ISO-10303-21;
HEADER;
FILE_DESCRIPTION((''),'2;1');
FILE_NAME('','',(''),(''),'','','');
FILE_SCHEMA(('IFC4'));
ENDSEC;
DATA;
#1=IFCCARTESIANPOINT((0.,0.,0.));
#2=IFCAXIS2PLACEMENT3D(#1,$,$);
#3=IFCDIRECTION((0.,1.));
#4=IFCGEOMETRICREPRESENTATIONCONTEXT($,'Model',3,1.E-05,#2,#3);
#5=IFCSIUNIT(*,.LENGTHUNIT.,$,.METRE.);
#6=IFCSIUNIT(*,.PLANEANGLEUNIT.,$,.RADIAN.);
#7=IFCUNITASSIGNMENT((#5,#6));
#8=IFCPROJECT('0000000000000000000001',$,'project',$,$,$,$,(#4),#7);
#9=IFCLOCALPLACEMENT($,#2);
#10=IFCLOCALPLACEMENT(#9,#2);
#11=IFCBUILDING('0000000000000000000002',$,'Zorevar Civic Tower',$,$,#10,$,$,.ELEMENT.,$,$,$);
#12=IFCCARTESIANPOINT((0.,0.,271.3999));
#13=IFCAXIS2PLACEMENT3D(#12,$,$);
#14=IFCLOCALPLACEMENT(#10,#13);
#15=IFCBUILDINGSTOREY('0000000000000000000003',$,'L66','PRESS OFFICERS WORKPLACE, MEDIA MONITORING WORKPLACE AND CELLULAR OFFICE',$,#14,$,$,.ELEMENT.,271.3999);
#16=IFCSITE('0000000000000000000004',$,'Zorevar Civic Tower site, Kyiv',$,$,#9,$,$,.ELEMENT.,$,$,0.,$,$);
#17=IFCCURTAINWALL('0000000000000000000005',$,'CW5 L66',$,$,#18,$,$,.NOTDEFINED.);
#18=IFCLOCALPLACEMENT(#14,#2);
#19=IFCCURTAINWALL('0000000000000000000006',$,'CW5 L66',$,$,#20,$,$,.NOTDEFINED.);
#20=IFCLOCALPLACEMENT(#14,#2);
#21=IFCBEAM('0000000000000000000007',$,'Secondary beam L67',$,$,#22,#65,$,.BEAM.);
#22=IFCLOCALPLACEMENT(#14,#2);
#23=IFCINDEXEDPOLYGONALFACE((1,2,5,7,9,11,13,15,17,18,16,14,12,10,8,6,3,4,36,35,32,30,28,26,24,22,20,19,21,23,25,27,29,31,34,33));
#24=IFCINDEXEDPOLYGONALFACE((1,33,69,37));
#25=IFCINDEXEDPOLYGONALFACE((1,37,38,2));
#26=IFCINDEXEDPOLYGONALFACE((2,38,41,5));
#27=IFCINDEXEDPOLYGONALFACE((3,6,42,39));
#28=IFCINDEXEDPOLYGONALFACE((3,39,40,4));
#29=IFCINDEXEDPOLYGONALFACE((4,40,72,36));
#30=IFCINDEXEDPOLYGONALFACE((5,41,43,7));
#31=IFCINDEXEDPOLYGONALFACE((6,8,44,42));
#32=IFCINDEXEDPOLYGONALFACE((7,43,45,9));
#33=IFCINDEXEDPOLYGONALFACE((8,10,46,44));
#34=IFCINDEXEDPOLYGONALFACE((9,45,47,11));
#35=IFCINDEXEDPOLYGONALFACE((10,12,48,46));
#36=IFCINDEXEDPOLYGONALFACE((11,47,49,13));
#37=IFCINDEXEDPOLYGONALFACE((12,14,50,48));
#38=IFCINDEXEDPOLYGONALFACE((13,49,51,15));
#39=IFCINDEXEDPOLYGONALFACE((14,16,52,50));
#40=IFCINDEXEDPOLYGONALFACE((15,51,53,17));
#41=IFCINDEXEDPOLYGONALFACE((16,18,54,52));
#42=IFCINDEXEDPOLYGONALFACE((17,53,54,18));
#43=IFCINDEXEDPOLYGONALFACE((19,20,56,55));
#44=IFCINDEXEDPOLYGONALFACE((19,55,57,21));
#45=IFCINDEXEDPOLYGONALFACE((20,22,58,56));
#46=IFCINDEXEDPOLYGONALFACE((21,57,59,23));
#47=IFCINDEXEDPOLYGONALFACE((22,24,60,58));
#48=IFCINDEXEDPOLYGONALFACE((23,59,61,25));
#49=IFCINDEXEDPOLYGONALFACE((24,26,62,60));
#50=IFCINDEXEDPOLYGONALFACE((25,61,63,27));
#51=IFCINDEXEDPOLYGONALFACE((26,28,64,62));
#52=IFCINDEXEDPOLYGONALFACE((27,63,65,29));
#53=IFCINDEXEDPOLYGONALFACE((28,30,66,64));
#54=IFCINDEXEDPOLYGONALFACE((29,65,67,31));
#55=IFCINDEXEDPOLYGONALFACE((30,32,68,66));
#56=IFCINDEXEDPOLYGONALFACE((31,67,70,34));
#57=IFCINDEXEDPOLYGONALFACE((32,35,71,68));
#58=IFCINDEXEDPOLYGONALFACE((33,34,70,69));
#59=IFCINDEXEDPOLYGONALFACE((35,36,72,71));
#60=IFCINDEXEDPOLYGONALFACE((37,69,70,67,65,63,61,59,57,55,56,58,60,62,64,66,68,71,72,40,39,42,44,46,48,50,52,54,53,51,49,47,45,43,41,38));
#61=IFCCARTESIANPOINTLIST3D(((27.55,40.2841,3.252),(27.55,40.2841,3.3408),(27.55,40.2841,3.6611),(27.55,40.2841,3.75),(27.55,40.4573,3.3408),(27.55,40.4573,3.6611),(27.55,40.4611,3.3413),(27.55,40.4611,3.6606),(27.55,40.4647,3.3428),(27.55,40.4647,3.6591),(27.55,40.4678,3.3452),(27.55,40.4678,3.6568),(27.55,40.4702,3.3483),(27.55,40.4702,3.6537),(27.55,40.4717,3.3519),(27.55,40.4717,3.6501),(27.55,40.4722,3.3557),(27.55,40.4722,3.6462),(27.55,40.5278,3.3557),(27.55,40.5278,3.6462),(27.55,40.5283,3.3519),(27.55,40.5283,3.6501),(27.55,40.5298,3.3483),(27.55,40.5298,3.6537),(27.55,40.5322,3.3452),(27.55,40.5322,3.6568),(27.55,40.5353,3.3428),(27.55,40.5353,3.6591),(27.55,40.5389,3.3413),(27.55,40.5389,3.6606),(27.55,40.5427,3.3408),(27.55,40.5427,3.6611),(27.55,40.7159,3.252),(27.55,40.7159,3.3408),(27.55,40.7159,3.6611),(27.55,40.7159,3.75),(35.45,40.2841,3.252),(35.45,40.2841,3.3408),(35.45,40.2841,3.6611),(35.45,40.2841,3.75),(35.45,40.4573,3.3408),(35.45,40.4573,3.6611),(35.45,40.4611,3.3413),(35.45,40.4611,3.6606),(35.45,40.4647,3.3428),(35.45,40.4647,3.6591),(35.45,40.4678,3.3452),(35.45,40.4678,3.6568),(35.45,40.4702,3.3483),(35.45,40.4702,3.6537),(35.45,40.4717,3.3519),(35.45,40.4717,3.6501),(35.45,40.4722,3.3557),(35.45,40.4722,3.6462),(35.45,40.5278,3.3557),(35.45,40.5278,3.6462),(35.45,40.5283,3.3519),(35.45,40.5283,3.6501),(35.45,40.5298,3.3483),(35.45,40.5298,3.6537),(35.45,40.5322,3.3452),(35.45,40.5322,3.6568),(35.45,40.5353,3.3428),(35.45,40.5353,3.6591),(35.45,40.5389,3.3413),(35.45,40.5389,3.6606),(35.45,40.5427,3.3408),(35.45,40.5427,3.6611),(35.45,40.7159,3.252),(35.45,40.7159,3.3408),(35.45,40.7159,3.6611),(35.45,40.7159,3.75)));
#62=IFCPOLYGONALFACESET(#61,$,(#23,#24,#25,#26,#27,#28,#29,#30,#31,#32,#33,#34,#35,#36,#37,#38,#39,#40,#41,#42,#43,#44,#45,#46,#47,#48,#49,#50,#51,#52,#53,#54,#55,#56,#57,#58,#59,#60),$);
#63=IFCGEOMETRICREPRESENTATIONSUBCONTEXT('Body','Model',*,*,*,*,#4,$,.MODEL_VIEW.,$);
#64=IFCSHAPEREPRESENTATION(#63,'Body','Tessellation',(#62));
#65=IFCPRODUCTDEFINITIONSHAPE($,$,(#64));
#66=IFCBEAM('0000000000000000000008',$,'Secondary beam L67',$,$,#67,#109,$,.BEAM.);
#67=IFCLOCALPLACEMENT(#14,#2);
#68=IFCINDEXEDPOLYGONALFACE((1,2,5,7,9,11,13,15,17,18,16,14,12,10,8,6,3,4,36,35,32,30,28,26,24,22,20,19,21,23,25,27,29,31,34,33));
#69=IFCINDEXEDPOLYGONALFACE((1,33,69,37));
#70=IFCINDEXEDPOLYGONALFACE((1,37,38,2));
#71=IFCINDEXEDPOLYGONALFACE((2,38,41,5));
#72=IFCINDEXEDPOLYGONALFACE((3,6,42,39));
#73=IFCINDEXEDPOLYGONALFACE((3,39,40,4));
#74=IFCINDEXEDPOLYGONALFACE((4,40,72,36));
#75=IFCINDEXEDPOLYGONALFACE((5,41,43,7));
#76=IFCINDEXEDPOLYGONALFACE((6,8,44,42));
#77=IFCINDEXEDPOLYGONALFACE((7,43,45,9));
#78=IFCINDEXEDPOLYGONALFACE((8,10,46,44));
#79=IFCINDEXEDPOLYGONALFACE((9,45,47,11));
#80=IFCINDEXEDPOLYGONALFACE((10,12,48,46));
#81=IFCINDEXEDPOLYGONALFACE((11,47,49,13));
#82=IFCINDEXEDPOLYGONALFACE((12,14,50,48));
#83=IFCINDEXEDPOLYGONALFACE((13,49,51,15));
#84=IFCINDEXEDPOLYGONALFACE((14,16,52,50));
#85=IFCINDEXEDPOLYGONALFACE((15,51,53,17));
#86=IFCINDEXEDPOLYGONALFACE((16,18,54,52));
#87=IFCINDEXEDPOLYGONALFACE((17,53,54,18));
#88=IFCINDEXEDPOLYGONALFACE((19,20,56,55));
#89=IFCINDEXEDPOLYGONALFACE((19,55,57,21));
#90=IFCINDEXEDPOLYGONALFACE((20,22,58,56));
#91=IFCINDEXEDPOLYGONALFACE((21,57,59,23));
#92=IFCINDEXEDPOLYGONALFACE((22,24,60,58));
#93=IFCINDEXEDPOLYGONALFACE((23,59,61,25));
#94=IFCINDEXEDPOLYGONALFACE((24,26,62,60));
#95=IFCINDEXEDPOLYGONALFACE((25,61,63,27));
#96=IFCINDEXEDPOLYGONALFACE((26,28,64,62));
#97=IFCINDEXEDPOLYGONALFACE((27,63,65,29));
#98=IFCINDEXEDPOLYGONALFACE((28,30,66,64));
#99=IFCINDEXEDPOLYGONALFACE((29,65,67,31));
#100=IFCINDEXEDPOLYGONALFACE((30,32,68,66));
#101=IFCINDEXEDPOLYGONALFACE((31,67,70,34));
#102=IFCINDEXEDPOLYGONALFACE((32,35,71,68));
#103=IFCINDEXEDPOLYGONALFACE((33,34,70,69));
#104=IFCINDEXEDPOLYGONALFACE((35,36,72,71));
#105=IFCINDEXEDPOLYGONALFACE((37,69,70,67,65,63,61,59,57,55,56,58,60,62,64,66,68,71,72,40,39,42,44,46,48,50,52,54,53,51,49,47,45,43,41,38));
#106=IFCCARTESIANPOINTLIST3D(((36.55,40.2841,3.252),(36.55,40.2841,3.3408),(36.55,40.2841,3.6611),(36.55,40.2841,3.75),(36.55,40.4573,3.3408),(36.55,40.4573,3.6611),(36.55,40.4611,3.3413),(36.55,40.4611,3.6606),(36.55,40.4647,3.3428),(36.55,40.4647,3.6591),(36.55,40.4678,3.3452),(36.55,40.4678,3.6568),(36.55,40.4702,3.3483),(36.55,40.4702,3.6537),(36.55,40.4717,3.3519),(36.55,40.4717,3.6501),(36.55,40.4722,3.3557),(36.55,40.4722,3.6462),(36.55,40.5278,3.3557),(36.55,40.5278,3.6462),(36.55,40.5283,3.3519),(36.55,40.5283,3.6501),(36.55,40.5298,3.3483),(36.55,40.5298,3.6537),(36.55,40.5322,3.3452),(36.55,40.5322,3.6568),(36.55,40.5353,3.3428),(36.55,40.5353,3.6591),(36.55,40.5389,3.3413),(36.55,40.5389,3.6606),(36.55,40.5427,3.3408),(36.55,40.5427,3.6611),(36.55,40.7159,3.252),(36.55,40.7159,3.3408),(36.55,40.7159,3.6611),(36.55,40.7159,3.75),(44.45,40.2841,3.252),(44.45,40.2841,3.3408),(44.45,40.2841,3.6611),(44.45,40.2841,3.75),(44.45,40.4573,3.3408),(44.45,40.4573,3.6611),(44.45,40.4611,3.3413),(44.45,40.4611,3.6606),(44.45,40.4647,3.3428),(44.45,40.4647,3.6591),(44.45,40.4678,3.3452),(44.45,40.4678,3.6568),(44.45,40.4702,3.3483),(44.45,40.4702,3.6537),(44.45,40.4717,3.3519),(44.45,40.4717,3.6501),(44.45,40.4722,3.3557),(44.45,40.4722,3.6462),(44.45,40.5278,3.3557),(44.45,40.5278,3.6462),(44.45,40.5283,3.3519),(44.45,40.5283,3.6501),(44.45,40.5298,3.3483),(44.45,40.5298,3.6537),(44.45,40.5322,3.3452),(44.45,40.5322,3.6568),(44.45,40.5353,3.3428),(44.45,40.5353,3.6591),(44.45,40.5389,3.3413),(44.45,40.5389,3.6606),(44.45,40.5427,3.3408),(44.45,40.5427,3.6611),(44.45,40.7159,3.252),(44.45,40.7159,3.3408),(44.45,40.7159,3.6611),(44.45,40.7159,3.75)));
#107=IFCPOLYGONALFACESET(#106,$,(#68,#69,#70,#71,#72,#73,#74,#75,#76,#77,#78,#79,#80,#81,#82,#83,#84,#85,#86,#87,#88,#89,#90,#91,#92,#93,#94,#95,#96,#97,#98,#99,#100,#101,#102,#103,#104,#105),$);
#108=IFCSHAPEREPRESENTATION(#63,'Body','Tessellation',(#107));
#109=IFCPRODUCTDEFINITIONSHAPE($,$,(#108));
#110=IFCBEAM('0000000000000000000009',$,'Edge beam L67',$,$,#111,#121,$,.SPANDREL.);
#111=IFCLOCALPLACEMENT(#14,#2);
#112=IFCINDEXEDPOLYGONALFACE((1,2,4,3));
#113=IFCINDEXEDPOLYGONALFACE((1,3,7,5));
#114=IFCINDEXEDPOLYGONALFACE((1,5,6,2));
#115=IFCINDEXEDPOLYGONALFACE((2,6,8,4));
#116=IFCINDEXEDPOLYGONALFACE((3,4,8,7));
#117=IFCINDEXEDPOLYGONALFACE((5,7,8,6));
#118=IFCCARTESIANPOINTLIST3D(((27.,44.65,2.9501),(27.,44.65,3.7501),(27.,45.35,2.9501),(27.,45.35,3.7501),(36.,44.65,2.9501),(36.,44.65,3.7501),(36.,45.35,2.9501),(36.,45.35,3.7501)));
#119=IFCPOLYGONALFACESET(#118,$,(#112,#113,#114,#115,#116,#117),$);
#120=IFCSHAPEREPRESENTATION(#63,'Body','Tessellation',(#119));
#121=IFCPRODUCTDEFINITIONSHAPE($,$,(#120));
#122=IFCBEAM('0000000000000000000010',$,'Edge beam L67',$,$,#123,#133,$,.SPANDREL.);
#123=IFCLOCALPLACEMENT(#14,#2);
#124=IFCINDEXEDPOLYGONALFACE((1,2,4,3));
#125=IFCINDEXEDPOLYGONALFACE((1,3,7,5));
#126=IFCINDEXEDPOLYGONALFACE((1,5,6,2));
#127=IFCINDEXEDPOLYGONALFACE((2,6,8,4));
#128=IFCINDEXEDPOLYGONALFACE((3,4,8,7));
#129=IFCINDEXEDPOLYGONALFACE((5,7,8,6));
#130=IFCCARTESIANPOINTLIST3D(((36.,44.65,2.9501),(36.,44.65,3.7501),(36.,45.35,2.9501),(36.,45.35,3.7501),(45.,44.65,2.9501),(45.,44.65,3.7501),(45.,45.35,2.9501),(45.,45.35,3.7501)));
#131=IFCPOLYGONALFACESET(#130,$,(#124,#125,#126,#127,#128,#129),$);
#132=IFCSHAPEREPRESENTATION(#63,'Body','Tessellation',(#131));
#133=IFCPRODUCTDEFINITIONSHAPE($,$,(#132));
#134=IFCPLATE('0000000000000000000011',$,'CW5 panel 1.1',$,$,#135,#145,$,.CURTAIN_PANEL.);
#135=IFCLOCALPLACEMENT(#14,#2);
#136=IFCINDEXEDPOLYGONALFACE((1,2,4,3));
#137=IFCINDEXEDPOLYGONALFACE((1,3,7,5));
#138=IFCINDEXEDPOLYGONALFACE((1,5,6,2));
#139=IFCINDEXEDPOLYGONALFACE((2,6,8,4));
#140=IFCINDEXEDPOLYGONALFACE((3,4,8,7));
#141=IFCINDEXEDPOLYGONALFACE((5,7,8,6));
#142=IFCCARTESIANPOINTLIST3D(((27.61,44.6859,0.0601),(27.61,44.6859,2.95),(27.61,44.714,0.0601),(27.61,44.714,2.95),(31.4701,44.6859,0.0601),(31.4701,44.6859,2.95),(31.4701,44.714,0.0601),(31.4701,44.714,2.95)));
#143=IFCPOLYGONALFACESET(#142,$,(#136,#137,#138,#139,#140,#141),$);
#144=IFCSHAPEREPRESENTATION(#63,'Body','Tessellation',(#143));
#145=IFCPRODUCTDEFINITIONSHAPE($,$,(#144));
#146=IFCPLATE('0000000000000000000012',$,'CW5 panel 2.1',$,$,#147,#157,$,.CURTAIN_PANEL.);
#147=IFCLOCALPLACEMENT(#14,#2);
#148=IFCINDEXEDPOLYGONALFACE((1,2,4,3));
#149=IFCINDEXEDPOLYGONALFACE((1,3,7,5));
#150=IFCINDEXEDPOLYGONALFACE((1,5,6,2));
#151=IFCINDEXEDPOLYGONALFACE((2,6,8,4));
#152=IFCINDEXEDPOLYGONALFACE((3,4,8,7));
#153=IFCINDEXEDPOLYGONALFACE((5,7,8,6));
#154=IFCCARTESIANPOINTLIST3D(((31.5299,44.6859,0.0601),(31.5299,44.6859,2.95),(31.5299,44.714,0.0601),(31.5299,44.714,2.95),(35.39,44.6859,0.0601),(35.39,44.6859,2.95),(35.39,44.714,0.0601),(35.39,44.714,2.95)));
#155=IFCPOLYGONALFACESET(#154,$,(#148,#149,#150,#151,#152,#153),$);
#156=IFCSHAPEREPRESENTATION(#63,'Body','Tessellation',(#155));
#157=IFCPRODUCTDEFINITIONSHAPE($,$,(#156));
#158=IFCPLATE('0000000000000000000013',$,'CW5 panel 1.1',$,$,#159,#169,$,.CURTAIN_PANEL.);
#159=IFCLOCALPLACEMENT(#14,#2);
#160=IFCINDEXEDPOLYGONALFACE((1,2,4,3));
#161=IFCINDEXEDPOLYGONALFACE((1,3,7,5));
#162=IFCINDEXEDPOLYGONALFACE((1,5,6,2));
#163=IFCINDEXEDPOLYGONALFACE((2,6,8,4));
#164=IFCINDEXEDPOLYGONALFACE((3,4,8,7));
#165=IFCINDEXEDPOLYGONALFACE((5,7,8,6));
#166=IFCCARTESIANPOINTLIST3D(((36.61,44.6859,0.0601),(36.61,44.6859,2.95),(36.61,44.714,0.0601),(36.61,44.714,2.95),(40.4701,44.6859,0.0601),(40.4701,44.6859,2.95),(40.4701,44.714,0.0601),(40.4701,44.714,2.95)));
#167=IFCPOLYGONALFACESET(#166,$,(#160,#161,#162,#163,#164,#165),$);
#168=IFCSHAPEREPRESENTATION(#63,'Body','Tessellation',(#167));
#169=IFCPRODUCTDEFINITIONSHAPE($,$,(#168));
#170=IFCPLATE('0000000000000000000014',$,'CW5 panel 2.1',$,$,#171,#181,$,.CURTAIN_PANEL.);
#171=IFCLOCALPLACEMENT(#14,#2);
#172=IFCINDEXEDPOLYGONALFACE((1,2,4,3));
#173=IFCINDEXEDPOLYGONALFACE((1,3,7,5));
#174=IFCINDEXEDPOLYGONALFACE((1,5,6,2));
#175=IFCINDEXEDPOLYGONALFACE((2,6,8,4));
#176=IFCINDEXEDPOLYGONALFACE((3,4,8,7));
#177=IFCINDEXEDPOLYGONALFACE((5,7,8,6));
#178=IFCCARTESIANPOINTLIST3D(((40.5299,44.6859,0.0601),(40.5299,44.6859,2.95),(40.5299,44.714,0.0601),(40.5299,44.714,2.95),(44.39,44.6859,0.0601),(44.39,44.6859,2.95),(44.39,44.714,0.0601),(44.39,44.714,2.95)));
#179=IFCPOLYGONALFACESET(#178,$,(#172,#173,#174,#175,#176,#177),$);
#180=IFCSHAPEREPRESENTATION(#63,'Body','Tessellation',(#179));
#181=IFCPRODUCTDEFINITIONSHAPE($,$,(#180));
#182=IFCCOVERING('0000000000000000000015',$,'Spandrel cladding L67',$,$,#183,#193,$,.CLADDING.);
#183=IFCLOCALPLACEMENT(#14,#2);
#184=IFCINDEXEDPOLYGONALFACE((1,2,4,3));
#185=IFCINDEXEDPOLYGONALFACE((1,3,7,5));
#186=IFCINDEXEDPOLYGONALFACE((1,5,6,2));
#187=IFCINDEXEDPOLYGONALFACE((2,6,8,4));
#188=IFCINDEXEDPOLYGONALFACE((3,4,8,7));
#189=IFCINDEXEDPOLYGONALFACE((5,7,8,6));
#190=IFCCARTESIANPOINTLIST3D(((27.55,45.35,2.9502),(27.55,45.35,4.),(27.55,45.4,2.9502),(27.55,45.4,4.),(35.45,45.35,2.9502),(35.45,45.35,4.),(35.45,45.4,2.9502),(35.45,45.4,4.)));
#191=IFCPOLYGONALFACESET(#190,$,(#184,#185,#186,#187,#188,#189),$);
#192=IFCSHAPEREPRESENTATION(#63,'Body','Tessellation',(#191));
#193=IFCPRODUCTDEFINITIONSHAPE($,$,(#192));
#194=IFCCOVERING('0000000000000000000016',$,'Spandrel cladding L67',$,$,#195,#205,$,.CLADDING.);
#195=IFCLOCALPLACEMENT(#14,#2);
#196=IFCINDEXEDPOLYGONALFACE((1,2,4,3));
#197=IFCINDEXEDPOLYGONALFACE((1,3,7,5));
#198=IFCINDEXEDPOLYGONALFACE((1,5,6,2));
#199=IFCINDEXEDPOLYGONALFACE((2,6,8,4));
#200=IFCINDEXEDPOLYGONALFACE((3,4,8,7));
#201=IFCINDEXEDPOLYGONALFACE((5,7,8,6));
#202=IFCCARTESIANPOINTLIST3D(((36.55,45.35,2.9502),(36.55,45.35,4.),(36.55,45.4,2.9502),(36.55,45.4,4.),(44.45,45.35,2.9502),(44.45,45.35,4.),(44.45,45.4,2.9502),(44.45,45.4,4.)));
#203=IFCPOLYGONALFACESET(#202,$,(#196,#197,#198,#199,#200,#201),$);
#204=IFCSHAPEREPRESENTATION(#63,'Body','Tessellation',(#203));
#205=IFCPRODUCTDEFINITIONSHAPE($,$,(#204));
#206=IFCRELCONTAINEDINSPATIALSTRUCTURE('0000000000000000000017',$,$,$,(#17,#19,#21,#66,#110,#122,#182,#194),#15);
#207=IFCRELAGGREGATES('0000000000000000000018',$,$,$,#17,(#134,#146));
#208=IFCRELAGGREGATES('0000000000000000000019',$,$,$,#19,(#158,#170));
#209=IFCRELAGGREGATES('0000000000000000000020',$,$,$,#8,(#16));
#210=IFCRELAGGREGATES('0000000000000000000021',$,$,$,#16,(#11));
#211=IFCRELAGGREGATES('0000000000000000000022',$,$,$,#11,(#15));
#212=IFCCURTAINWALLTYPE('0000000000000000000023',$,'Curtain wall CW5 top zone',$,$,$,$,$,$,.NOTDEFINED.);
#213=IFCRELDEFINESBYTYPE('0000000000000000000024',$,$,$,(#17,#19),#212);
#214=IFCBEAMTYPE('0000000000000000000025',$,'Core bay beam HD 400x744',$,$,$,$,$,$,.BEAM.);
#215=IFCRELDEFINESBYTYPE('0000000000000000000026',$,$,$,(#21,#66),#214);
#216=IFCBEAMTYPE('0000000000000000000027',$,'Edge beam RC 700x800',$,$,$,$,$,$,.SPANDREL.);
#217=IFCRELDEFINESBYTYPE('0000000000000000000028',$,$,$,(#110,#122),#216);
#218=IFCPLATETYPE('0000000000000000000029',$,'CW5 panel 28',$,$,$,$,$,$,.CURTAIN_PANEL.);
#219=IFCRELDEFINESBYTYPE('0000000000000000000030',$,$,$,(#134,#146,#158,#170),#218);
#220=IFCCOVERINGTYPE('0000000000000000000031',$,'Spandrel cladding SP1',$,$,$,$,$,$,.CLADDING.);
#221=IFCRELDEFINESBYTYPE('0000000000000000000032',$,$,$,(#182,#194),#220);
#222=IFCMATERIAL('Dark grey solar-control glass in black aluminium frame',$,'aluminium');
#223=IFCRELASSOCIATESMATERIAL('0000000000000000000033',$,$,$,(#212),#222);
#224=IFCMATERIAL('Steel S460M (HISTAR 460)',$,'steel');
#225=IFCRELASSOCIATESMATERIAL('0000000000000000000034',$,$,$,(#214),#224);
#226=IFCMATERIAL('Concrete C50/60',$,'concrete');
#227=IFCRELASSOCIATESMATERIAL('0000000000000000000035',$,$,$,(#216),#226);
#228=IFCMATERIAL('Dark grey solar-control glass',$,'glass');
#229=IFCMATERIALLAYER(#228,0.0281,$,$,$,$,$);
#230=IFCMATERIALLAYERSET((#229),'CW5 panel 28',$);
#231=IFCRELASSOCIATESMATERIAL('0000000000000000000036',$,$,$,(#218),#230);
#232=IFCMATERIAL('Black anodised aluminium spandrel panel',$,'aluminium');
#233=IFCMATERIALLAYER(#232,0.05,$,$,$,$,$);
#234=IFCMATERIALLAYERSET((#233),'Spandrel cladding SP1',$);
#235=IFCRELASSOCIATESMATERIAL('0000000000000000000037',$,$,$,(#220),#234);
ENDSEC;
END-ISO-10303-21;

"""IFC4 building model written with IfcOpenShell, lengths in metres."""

from ifc_helpers import new_model, si_unit, direction, frame, frame_2d, origin, origin_2d, place, context, subcontext, project, spatial, rectangle, i_section, extrude, material, layer, layer_set, material_profile, profile_set, type_object, element, aggregate, save


model = new_model("IFC4")

# Units and contexts
model_context = context("Model", 3, precision=1e-05, world=origin(), true_north=direction((0.0, 1.0)))
body_context = subcontext(model_context, "Body", "Model", "MODEL_VIEW")
ifc_project = project(units=[si_unit("LENGTHUNIT", "METRE"), si_unit("PLANEANGLEUNIT", "RADIAN")], contexts=[model_context])

# Site, building, storey
site_placement = place(None, origin())
site = spatial("IfcSite", under=ifc_project, at=site_placement, Name="Zorevar Civic Tower site, Kyiv", CompositionType="ELEMENT", RefElevation=0.0)
building_placement = place(site_placement, origin())
building = spatial("IfcBuilding", under=site, at=building_placement, Name="Zorevar Civic Tower", CompositionType="ELEMENT")
storey_placement = place(building_placement, frame((0.0, 0.0, 271.3999)))
storey = spatial("IfcBuildingStorey", under=building, at=storey_placement, Name="L66", Description="PRESS OFFICERS WORKPLACE, MEDIA MONITORING WORKPLACE AND CELLULAR OFFICE", CompositionType="ELEMENT", Elevation=271.3999)

# Curtain walls
ifc_material_1 = material(Name="Dark grey solar-control glass in black aluminium frame", Category="aluminium")
curtain_wall_type = type_object("IfcCurtainWallType", Name="Curtain wall CW5 top zone", PredefinedType="NOTDEFINED", material=ifc_material_1)
curtain_wall_1_placement = place(storey_placement, origin())
curtain_wall_1 = element("IfcCurtainWall", 1, at=curtain_wall_1_placement, inside=storey, type_object=curtain_wall_type, Name="CW5 L66", PredefinedType="NOTDEFINED")
curtain_wall_2_placement = place(storey_placement, origin())
curtain_wall_2 = element("IfcCurtainWall", 2, at=curtain_wall_2_placement, inside=storey, type_object=curtain_wall_type, Name="CW5 L66", PredefinedType="NOTDEFINED")

# Beams
ifc_material_2 = material(Name="Steel S460M (HISTAR 460)", Category="steel")
ifc_material_profile_1 = material_profile(ifc_material_2, i_section(OverallWidth=0.4319, OverallDepth=0.498, WebThickness=0.0557, FlangeThickness=0.0889, FilletRadius=0.0149, at=origin_2d()), Name="HD 400x744")
ifc_profile_set_1 = profile_set([ifc_material_profile_1], Name="Steel S460M (HISTAR 460)")
beam_type_1 = type_object("IfcBeamType", Name="Core bay beam HD 400x744", PredefinedType="BEAM", material=ifc_profile_set_1)
for number, where, z_axis, x_axis, name in (
    (3, (27.55, 40.5, 3.501), (1.0, 0.0, 0.0), (0.0, 1.0, 0.0), "Secondary beam L67"),
    (4, (36.55, 40.5, 3.501), (1.0, 0.0, 0.0), (0.0, 1.0, 0.0), "Secondary beam L67"),
):
    element("IfcBeam", number, at=place(storey_placement, frame(where, z_axis=z_axis, x_axis=x_axis)), inside=storey, type_object=beam_type_1, Name=name, PredefinedType="BEAM", context=body_context, shape_type="SweptSolid", body=[
        extrude(i_section(OverallWidth=0.4319, OverallDepth=0.498, WebThickness=0.0557, FlangeThickness=0.0889, FilletRadius=0.0149, at=origin_2d()), origin(), (0.0, 0.0, 1.0), 7.8999),
    ])
ifc_material_3 = material(Name="Concrete C50/60", Category="concrete")
ifc_material_profile_2 = material_profile(ifc_material_3, rectangle(XDim=0.7, YDim=0.8, at=origin_2d()), Name="RC 700x800")
ifc_profile_set_2 = profile_set([ifc_material_profile_2], Name="Concrete C50/60")
beam_type_2 = type_object("IfcBeamType", Name="Edge beam RC 700x800", PredefinedType="SPANDREL", material=ifc_profile_set_2)
for number, where, z_axis, x_axis, name in (
    (5, (27.0, 45.0, 3.3501), (1.0, 0.0, 0.0), (0.0, 1.0, 0.0), "Edge beam L67"),
    (6, (36.0, 45.0, 3.3501), (1.0, 0.0, 0.0), (0.0, 1.0, 0.0), "Edge beam L67"),
):
    element("IfcBeam", number, at=place(storey_placement, frame(where, z_axis=z_axis, x_axis=x_axis)), inside=storey, type_object=beam_type_2, Name=name, PredefinedType="SPANDREL", context=body_context, shape_type="SweptSolid", body=[
        extrude(rectangle(XDim=0.7, YDim=0.8, at=origin_2d()), origin(), (0.0, 0.0, 1.0), 9.0),
    ])

# Plates
ifc_material_4 = material(Name="Dark grey solar-control glass", Category="glass")
ifc_layer_1 = layer(ifc_material_4, 0.0281)
ifc_layer_set_1 = layer_set([ifc_layer_1], Name="CW5 panel 28")
plate_type = type_object("IfcPlateType", Name="CW5 panel 28", PredefinedType="CURTAIN_PANEL", material=ifc_layer_set_1)
plate_1_placement = place(storey_placement, frame((29.54, 44.7, 0.0601), z_axis=(0.0, 0.0, 1.0), x_axis=(1.0, 0.0, 0.0)))
plate_1 = element("IfcPlate", 7, at=plate_1_placement, type_object=plate_type, Name="CW5 panel 1.1", PredefinedType="CURTAIN_PANEL", context=body_context, shape_type="SweptSolid", body=[
    extrude(rectangle(XDim=3.8601, YDim=0.0281, at=origin_2d()), origin(), (0.0, 0.0, 1.0), 2.8899),
])
plate_2_placement = place(storey_placement, frame((33.46, 44.7, 0.0601), z_axis=(0.0, 0.0, 1.0), x_axis=(1.0, 0.0, 0.0)))
plate_2 = element("IfcPlate", 8, at=plate_2_placement, type_object=plate_type, Name="CW5 panel 2.1", PredefinedType="CURTAIN_PANEL", context=body_context, shape_type="SweptSolid", body=[
    extrude(rectangle(XDim=3.8601, YDim=0.0281, at=origin_2d()), origin(), (0.0, 0.0, 1.0), 2.8899),
])
aggregate(curtain_wall_1, [plate_1, plate_2])
plate_3_placement = place(storey_placement, frame((38.54, 44.7, 0.0601), z_axis=(0.0, 0.0, 1.0), x_axis=(1.0, 0.0, 0.0)))
plate_3 = element("IfcPlate", 9, at=plate_3_placement, type_object=plate_type, Name="CW5 panel 1.1", PredefinedType="CURTAIN_PANEL", context=body_context, shape_type="SweptSolid", body=[
    extrude(rectangle(XDim=3.8601, YDim=0.0281, at=origin_2d()), origin(), (0.0, 0.0, 1.0), 2.8899),
])
plate_4_placement = place(storey_placement, frame((42.46, 44.7, 0.0601), z_axis=(0.0, 0.0, 1.0), x_axis=(1.0, 0.0, 0.0)))
plate_4 = element("IfcPlate", 10, at=plate_4_placement, type_object=plate_type, Name="CW5 panel 2.1", PredefinedType="CURTAIN_PANEL", context=body_context, shape_type="SweptSolid", body=[
    extrude(rectangle(XDim=3.8601, YDim=0.0281, at=origin_2d()), origin(), (0.0, 0.0, 1.0), 2.8899),
])
aggregate(curtain_wall_2, [plate_3, plate_4])

# Coverings
ifc_material_5 = material(Name="Black anodised aluminium spandrel panel", Category="aluminium")
ifc_layer_2 = layer(ifc_material_5, 0.05)
ifc_layer_set_2 = layer_set([ifc_layer_2], Name="Spandrel cladding SP1")
covering_type = type_object("IfcCoveringType", Name="Spandrel cladding SP1", PredefinedType="CLADDING", material=ifc_layer_set_2)
for number, where, z_axis, x_axis, name in (
    (11, (27.55, 45.375, 2.9502), (0.0, 0.0, 1.0), (1.0, 0.0, 0.0), "Spandrel cladding L67"),
    (12, (36.55, 45.375, 2.9502), (0.0, 0.0, 1.0), (1.0, 0.0, 0.0), "Spandrel cladding L67"),
):
    element("IfcCovering", number, at=place(storey_placement, frame(where, z_axis=z_axis, x_axis=x_axis)), inside=storey, type_object=covering_type, Name=name, PredefinedType="CLADDING", context=body_context, shape_type="SweptSolid", body=[
        extrude(rectangle(XDim=7.8999, YDim=0.05, at=frame_2d((3.95, 0.0))), origin(), (0.0, 0.0, 1.0), 1.0498),
    ])

save(model, "model.ifc")
